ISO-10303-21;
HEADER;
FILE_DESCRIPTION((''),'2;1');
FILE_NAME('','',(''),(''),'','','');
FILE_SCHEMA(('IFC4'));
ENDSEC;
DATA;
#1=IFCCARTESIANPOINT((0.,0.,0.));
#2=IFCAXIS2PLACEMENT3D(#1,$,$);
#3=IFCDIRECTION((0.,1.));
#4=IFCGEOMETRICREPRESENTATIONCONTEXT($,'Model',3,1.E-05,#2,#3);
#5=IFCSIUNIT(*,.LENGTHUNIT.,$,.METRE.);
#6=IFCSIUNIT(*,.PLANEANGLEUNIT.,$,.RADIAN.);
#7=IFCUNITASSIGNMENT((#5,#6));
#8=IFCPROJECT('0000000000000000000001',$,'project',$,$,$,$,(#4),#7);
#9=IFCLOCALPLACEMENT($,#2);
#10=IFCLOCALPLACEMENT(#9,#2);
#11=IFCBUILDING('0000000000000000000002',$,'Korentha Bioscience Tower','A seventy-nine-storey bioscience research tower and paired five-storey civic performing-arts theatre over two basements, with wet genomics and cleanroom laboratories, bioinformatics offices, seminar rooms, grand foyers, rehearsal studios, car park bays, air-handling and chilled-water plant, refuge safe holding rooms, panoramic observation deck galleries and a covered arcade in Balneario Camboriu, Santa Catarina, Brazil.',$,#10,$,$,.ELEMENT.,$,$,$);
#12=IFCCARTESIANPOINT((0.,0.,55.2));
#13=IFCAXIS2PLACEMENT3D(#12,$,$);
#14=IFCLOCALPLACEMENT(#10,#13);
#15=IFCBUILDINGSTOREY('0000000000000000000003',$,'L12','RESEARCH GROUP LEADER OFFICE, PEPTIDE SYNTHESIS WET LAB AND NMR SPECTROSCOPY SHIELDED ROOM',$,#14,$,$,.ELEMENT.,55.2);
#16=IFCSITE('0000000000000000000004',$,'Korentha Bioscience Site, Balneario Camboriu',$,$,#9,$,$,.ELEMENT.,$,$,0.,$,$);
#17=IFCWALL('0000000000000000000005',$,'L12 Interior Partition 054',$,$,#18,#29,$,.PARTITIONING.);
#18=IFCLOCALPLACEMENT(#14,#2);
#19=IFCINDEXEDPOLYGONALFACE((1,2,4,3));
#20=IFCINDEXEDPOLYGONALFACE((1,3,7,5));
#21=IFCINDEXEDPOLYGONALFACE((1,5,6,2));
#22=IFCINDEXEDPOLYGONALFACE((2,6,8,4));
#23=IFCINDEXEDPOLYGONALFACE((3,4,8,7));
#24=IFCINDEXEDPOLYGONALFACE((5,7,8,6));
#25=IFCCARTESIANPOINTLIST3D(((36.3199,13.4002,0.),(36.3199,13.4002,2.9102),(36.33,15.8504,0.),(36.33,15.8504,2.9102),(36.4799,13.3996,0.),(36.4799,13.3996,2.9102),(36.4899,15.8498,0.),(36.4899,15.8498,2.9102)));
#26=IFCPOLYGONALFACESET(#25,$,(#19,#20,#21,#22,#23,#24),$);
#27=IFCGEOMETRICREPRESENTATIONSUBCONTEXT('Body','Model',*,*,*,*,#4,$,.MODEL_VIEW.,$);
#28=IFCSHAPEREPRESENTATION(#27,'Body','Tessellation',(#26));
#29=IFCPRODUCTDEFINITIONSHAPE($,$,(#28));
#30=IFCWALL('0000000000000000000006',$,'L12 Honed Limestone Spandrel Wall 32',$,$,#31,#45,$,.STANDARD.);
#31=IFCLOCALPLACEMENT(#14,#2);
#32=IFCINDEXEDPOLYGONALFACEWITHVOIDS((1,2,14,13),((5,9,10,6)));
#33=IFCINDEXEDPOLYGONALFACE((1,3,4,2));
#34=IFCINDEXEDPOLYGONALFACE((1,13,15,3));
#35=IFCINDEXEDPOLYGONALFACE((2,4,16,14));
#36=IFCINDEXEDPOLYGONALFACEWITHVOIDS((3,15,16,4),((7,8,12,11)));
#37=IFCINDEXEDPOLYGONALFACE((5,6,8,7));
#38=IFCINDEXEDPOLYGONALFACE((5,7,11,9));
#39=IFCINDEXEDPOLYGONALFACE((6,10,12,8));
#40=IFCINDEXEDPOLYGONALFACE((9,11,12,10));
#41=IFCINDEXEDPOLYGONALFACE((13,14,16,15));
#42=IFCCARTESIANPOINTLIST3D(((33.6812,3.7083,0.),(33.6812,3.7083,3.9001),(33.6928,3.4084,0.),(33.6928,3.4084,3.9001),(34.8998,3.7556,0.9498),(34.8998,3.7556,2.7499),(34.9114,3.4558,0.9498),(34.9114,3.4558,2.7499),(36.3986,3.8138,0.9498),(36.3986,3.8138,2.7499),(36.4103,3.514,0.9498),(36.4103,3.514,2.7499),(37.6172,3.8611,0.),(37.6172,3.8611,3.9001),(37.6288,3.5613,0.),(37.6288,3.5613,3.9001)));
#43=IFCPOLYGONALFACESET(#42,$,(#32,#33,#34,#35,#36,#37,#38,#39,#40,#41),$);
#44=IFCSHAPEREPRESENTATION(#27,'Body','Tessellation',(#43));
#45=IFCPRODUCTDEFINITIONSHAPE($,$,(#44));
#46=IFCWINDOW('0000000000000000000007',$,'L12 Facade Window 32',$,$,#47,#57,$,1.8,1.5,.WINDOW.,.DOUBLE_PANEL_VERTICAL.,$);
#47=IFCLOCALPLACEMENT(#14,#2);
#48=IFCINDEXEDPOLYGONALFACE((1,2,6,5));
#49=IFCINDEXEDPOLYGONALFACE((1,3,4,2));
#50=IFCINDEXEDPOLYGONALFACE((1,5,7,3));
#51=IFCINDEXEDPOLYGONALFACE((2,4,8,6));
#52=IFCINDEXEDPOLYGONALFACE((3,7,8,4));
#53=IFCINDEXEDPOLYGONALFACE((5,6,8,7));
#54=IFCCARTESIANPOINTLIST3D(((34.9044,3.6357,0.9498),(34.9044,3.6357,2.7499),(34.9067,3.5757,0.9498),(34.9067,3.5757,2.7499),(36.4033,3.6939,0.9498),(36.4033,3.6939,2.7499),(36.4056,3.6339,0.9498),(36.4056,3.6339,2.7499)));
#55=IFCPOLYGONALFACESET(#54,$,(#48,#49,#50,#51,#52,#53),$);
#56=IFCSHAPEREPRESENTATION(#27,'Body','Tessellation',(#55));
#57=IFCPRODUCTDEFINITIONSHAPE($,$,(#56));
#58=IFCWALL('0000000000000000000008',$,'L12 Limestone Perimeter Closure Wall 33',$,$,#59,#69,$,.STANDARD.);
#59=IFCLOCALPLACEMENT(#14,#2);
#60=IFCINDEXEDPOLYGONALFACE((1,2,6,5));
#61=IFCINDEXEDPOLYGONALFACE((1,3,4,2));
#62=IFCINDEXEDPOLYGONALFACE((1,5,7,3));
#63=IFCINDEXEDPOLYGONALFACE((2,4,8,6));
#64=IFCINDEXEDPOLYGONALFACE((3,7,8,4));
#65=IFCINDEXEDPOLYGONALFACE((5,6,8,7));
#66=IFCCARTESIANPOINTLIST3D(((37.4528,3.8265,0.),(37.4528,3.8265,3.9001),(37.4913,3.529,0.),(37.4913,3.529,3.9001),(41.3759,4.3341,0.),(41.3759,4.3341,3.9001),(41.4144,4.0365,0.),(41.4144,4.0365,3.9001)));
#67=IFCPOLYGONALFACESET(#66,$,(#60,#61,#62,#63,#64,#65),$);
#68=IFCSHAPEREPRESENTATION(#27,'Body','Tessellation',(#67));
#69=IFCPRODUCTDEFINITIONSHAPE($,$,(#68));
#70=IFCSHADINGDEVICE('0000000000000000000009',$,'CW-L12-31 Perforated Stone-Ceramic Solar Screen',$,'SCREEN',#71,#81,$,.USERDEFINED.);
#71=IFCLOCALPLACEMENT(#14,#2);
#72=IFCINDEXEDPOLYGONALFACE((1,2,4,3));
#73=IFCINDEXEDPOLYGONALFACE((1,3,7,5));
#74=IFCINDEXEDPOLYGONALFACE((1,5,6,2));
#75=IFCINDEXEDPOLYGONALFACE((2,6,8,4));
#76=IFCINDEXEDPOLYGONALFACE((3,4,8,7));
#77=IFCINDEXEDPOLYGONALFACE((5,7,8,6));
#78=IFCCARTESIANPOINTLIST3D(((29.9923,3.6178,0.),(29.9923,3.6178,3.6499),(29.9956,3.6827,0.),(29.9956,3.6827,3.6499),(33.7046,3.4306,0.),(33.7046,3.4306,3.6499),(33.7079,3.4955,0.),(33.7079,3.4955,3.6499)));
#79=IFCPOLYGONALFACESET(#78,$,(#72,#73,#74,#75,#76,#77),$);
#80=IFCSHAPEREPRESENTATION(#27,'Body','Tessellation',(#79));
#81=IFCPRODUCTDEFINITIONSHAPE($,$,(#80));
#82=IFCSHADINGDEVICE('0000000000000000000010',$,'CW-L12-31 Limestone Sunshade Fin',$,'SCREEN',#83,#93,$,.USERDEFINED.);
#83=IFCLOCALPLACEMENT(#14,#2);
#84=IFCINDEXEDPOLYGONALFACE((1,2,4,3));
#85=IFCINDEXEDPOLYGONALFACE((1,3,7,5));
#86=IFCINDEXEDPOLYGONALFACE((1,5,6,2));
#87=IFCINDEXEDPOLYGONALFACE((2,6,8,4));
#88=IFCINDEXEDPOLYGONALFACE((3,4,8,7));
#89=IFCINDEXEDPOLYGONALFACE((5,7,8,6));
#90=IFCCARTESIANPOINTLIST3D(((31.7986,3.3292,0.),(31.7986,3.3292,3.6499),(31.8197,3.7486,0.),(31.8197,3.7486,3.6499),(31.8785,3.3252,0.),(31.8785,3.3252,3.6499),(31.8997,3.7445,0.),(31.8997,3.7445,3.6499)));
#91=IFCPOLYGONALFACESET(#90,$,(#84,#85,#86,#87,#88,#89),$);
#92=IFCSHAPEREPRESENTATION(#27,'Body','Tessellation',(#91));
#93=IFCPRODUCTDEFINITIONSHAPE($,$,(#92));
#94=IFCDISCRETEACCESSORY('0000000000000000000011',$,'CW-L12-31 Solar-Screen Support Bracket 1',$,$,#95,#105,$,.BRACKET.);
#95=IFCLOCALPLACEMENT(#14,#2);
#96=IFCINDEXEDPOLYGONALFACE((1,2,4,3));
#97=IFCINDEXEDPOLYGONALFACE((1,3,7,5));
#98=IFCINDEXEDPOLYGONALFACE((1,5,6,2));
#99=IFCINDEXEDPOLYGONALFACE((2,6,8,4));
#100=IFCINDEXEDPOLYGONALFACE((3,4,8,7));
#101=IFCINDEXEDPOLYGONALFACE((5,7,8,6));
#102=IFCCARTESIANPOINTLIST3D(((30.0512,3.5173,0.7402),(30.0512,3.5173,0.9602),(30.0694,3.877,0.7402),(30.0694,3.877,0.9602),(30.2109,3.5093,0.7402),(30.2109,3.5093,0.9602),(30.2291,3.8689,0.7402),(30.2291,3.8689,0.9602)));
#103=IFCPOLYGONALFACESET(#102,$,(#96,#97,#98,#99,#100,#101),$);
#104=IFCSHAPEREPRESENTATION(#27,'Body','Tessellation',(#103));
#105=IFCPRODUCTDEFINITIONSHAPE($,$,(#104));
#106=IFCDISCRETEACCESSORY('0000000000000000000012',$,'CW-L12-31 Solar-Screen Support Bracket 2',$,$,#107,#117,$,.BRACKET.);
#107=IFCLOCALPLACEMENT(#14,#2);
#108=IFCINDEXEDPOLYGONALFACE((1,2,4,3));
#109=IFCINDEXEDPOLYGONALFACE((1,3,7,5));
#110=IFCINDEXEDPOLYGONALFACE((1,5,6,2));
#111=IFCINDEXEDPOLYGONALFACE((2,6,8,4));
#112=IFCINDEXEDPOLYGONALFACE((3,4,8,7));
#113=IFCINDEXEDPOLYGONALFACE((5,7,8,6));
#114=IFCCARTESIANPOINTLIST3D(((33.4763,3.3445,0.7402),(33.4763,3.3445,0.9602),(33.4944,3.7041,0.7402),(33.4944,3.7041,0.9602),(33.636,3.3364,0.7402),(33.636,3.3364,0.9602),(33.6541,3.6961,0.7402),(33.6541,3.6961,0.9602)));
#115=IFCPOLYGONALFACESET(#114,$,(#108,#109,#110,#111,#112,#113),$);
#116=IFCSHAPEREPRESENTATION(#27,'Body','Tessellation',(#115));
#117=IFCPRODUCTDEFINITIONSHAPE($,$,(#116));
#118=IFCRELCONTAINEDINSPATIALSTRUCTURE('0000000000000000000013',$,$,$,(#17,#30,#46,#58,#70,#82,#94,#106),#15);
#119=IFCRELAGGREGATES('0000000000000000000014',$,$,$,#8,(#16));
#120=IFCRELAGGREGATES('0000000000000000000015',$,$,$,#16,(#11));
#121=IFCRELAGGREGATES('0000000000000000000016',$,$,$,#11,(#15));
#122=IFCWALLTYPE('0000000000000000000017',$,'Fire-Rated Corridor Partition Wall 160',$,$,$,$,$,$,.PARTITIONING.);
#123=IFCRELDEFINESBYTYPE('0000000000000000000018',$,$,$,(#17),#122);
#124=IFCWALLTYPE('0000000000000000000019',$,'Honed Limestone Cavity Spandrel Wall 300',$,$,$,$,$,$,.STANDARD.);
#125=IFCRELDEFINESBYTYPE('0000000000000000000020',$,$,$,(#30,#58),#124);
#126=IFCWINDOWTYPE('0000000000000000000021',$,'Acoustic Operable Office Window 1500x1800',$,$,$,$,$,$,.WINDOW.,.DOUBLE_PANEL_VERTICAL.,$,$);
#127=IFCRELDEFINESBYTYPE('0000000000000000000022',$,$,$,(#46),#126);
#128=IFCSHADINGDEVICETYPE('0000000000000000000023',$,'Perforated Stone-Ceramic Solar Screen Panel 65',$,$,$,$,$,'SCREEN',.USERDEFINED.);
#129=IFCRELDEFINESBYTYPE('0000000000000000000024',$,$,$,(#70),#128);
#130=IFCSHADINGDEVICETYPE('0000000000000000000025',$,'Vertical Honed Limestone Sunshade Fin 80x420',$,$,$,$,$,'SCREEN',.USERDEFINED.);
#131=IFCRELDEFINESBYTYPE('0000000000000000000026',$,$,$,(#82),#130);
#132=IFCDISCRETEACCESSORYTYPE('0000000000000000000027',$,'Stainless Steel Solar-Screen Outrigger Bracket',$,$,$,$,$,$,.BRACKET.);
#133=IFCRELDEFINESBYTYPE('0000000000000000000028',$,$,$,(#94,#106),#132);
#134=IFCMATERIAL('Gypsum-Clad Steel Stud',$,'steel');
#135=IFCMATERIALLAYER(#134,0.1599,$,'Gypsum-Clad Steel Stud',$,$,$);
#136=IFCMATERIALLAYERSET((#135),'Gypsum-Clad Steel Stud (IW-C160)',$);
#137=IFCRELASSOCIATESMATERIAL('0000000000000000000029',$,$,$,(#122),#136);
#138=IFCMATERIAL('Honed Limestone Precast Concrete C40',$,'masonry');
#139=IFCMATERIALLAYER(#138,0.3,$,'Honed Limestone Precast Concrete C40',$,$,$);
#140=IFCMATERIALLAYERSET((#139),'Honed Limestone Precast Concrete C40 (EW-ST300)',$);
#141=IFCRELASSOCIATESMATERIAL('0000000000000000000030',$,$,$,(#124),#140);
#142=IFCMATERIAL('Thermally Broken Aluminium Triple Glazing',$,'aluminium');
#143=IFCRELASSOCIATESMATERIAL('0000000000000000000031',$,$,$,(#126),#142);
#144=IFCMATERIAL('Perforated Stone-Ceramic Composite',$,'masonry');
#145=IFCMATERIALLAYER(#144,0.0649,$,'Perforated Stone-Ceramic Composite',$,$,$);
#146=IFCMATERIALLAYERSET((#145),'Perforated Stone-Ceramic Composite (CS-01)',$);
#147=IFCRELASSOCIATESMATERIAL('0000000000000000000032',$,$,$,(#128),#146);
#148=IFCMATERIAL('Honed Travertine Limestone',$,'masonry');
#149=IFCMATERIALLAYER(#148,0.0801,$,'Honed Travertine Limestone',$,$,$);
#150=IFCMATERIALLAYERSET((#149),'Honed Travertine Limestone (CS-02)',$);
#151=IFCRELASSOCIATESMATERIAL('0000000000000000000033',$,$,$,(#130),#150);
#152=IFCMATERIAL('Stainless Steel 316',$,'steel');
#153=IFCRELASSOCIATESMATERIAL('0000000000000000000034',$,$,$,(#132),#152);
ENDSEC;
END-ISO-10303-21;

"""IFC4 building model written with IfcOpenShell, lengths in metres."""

from ifc_helpers import new_model, si_unit, direction, frame, frame_2d, origin, origin_2d, place, context, subcontext, project, spatial, rectangle, extrude, material, layer, layer_set, type_object, element, fill, save


model = new_model("IFC4")

# Units and contexts
model_context = context("Model", 3, precision=1e-05, world=origin(), true_north=direction((0.0, 1.0)))
body_context = subcontext(model_context, "Body", "Model", "MODEL_VIEW")
ifc_project = project(units=[si_unit("LENGTHUNIT", "METRE"), si_unit("PLANEANGLEUNIT", "RADIAN")], contexts=[model_context])

# Site, building, storey
site_placement = place(None, origin())
site = spatial("IfcSite", under=ifc_project, at=site_placement, Name="Korentha Bioscience Site, Balneario Camboriu", CompositionType="ELEMENT", RefElevation=0.0)
building_placement = place(site_placement, origin())
building = spatial("IfcBuilding", under=site, at=building_placement, Name="Korentha Bioscience Tower", Description="A seventy-nine-storey bioscience research tower and paired five-storey civic performing-arts theatre over two basements, with wet genomics and cleanroom laboratories, bioinformatics offices, seminar rooms, grand foyers, rehearsal studios, car park bays, air-handling and chilled-water plant, refuge safe holding rooms, panoramic observation deck galleries and a covered arcade in Balneario Camboriu, Santa Catarina, Brazil.", CompositionType="ELEMENT")
storey_placement = place(building_placement, frame((0.0, 0.0, 55.2)))
storey = spatial("IfcBuildingStorey", under=building, at=storey_placement, Name="L12", Description="RESEARCH GROUP LEADER OFFICE, PEPTIDE SYNTHESIS WET LAB AND NMR SPECTROSCOPY SHIELDED ROOM", CompositionType="ELEMENT", Elevation=55.2)

# Shared definitions
ifc_material_1 = material(Name="Gypsum-Clad Steel Stud", Category="steel")
ifc_layer_1 = layer(ifc_material_1, 0.1599, Name="Gypsum-Clad Steel Stud")
ifc_layer_set_1 = layer_set([ifc_layer_1], Name="Gypsum-Clad Steel Stud (IW-C160)")
wall_type_1 = type_object("IfcWallType", Name="Fire-Rated Corridor Partition Wall 160", PredefinedType="PARTITIONING", material=ifc_layer_set_1)

# Wall
wall_1_placement = place(storey_placement, frame((36.3999, 13.3999, 0.0), z_axis=(0.0, 0.0, 1.0), x_axis=(0.004085, 0.999992, 0.0)))
element("IfcWall", 1, at=wall_1_placement, inside=storey, type_object=wall_type_1, Name="L12 Interior Partition 054", PredefinedType="PARTITIONING", context=body_context, shape_type="SweptSolid", body=[
    extrude(rectangle(XDim=2.4502, YDim=0.1599, at=frame_2d((1.2251, 0.0))), origin(), (0.0, 0.0, 1.0), 2.9102),
])

# Wall, opening, window
ifc_material_2 = material(Name="Honed Limestone Precast Concrete C40", Category="masonry")
ifc_layer_2 = layer(ifc_material_2, 0.3, Name="Honed Limestone Precast Concrete C40")
ifc_layer_set_2 = layer_set([ifc_layer_2], Name="Honed Limestone Precast Concrete C40 (EW-ST300)")
wall_type_2 = type_object("IfcWallType", Name="Honed Limestone Cavity Spandrel Wall 300", PredefinedType="STANDARD", material=ifc_layer_set_2)
wall_2_placement = place(storey_placement, frame((33.687, 3.5583, 0.0), z_axis=(0.0, 0.0, 1.0), x_axis=(0.999247, 0.0388, 0.0)))
wall_2 = element("IfcWall", 2, at=wall_2_placement, inside=storey, type_object=wall_type_2, Name="L12 Honed Limestone Spandrel Wall 32", PredefinedType="STANDARD", context=body_context, shape_type="SweptSolid", body=[
    extrude(rectangle(XDim=3.939, YDim=0.3, at=frame_2d((1.9695, 0.0))), origin(), (0.0, 0.0, 1.0), 3.9001),
])
opening_1_placement = place(wall_2_placement, frame((1.2195, 0.0, 0.95)))
opening_1 = element("IfcOpeningElement", 3, at=opening_1_placement, cuts=wall_2, PredefinedType="OPENING", context=body_context, shape_type="SweptSolid", body=[
    extrude(rectangle(XDim=1.5, YDim=1.8, at=frame_2d((0.75, 0.8999))), frame((0.0, 0.165, 0.0), z_axis=(0.0, -1.0, 0.0), x_axis=(1.0, 0.0, 0.0)), (0.0, 0.0, 1.0), 0.3298),
])
ifc_material_3 = material(Name="Thermally Broken Aluminium Triple Glazing", Category="aluminium")
window_type = type_object("IfcWindowType", Name="Acoustic Operable Office Window 1500x1800", PartitioningType="DOUBLE_PANEL_VERTICAL", PredefinedType="WINDOW", material=ifc_material_3)
window_placement = place(opening_1_placement, origin())
window = element("IfcWindow", 4, at=window_placement, inside=storey, type_object=window_type, Name="L12 Facade Window 32", OverallHeight=1.8, OverallWidth=1.5, PartitioningType="DOUBLE_PANEL_VERTICAL", PredefinedType="WINDOW", context=body_context, shape_type="SweptSolid", body=[
    extrude(rectangle(XDim=1.5, YDim=1.8, at=frame_2d((0.75, 0.8999))), frame((0.0, 0.03, 0.0), z_axis=(0.0, -1.0, 0.0), x_axis=(1.0, 0.0, 0.0)), (0.0, 0.0, 1.0), 0.0601),
])
fill(opening_1, window)

# Wall
wall_3_placement = place(storey_placement, frame((37.4719, 3.6777, 0.0), z_axis=(0.0, 0.0, 1.0), x_axis=(0.991734, 0.12831, 0.0)))
element("IfcWall", 5, at=wall_3_placement, inside=storey, type_object=wall_type_2, Name="L12 Limestone Perimeter Closure Wall 33", PredefinedType="STANDARD", context=body_context, shape_type="SweptSolid", body=[
    extrude(rectangle(XDim=3.9558, YDim=0.3, at=frame_2d((1.978, 0.0))), origin(), (0.0, 0.0, 1.0), 3.9001),
])

# Shading devices
ifc_material_4 = material(Name="Perforated Stone-Ceramic Composite", Category="masonry")
ifc_layer_3 = layer(ifc_material_4, 0.0649, Name="Perforated Stone-Ceramic Composite")
ifc_layer_set_3 = layer_set([ifc_layer_3], Name="Perforated Stone-Ceramic Composite (CS-01)")
shading_device_type_1 = type_object("IfcShadingDeviceType", Name="Perforated Stone-Ceramic Solar Screen Panel 65", ElementType="SCREEN", PredefinedType="USERDEFINED", material=ifc_layer_set_3)
shading_device_1_placement = place(storey_placement, frame((31.8501, 3.5566, 0.0), z_axis=(0.0, 0.0, 1.0), x_axis=(0.998731, -0.050371, 0.0)))
element("IfcShadingDevice", 6, at=shading_device_1_placement, inside=storey, type_object=shading_device_type_1, Name="CW-L12-31 Perforated Stone-Ceramic Solar Screen", ObjectType="SCREEN", PredefinedType="USERDEFINED", context=body_context, shape_type="SweptSolid", body=[
    extrude(rectangle(XDim=3.717, YDim=0.0649, at=origin_2d()), origin(), (0.0, 0.0, 1.0), 3.6499),
])
ifc_material_5 = material(Name="Honed Travertine Limestone", Category="masonry")
ifc_layer_4 = layer(ifc_material_5, 0.0801, Name="Honed Travertine Limestone")
ifc_layer_set_4 = layer_set([ifc_layer_4], Name="Honed Travertine Limestone (CS-02)")
shading_device_type_2 = type_object("IfcShadingDeviceType", Name="Vertical Honed Limestone Sunshade Fin 80x420", ElementType="SCREEN", PredefinedType="USERDEFINED", material=ifc_layer_set_4)
shading_device_2_placement = place(storey_placement, frame((31.8491, 3.5369, 0.0), z_axis=(0.0, 0.0, 1.0), x_axis=(0.998731, -0.050371, 0.0)))
element("IfcShadingDevice", 7, at=shading_device_2_placement, inside=storey, type_object=shading_device_type_2, Name="CW-L12-31 Limestone Sunshade Fin", ObjectType="SCREEN", PredefinedType="USERDEFINED", context=body_context, shape_type="SweptSolid", body=[
    extrude(rectangle(XDim=0.0801, YDim=0.4199, at=origin_2d()), origin(), (0.0, 0.0, 1.0), 3.6499),
])

# Discrete accessories
ifc_material_6 = material(Name="Stainless Steel 316", Category="steel")
discrete_accessory_type = type_object("IfcDiscreteAccessoryType", Name="Stainless Steel Solar-Screen Outrigger Bracket", PredefinedType="BRACKET", material=ifc_material_6)
for number, where, z_axis, x_axis, name in (
    (8, (30.1401, 3.6931, 0.7402), (0.0, 0.0, 1.0), (0.998731, -0.050371, 0.0), "CW-L12-31 Solar-Screen Support Bracket 1"),
    (9, (33.5652, 3.5203, 0.7402), (0.0, 0.0, 1.0), (0.998731, -0.050371, 0.0), "CW-L12-31 Solar-Screen Support Bracket 2"),
):
    element("IfcDiscreteAccessory", number, at=place(storey_placement, frame(where, z_axis=z_axis, x_axis=x_axis)), inside=storey, type_object=discrete_accessory_type, Name=name, PredefinedType="BRACKET", context=body_context, shape_type="SweptSolid", body=[
        extrude(rectangle(XDim=0.1599, YDim=0.3601, at=origin_2d()), origin(), (0.0, 0.0, 1.0), 0.22),
    ])

save(model, "model.ifc")
